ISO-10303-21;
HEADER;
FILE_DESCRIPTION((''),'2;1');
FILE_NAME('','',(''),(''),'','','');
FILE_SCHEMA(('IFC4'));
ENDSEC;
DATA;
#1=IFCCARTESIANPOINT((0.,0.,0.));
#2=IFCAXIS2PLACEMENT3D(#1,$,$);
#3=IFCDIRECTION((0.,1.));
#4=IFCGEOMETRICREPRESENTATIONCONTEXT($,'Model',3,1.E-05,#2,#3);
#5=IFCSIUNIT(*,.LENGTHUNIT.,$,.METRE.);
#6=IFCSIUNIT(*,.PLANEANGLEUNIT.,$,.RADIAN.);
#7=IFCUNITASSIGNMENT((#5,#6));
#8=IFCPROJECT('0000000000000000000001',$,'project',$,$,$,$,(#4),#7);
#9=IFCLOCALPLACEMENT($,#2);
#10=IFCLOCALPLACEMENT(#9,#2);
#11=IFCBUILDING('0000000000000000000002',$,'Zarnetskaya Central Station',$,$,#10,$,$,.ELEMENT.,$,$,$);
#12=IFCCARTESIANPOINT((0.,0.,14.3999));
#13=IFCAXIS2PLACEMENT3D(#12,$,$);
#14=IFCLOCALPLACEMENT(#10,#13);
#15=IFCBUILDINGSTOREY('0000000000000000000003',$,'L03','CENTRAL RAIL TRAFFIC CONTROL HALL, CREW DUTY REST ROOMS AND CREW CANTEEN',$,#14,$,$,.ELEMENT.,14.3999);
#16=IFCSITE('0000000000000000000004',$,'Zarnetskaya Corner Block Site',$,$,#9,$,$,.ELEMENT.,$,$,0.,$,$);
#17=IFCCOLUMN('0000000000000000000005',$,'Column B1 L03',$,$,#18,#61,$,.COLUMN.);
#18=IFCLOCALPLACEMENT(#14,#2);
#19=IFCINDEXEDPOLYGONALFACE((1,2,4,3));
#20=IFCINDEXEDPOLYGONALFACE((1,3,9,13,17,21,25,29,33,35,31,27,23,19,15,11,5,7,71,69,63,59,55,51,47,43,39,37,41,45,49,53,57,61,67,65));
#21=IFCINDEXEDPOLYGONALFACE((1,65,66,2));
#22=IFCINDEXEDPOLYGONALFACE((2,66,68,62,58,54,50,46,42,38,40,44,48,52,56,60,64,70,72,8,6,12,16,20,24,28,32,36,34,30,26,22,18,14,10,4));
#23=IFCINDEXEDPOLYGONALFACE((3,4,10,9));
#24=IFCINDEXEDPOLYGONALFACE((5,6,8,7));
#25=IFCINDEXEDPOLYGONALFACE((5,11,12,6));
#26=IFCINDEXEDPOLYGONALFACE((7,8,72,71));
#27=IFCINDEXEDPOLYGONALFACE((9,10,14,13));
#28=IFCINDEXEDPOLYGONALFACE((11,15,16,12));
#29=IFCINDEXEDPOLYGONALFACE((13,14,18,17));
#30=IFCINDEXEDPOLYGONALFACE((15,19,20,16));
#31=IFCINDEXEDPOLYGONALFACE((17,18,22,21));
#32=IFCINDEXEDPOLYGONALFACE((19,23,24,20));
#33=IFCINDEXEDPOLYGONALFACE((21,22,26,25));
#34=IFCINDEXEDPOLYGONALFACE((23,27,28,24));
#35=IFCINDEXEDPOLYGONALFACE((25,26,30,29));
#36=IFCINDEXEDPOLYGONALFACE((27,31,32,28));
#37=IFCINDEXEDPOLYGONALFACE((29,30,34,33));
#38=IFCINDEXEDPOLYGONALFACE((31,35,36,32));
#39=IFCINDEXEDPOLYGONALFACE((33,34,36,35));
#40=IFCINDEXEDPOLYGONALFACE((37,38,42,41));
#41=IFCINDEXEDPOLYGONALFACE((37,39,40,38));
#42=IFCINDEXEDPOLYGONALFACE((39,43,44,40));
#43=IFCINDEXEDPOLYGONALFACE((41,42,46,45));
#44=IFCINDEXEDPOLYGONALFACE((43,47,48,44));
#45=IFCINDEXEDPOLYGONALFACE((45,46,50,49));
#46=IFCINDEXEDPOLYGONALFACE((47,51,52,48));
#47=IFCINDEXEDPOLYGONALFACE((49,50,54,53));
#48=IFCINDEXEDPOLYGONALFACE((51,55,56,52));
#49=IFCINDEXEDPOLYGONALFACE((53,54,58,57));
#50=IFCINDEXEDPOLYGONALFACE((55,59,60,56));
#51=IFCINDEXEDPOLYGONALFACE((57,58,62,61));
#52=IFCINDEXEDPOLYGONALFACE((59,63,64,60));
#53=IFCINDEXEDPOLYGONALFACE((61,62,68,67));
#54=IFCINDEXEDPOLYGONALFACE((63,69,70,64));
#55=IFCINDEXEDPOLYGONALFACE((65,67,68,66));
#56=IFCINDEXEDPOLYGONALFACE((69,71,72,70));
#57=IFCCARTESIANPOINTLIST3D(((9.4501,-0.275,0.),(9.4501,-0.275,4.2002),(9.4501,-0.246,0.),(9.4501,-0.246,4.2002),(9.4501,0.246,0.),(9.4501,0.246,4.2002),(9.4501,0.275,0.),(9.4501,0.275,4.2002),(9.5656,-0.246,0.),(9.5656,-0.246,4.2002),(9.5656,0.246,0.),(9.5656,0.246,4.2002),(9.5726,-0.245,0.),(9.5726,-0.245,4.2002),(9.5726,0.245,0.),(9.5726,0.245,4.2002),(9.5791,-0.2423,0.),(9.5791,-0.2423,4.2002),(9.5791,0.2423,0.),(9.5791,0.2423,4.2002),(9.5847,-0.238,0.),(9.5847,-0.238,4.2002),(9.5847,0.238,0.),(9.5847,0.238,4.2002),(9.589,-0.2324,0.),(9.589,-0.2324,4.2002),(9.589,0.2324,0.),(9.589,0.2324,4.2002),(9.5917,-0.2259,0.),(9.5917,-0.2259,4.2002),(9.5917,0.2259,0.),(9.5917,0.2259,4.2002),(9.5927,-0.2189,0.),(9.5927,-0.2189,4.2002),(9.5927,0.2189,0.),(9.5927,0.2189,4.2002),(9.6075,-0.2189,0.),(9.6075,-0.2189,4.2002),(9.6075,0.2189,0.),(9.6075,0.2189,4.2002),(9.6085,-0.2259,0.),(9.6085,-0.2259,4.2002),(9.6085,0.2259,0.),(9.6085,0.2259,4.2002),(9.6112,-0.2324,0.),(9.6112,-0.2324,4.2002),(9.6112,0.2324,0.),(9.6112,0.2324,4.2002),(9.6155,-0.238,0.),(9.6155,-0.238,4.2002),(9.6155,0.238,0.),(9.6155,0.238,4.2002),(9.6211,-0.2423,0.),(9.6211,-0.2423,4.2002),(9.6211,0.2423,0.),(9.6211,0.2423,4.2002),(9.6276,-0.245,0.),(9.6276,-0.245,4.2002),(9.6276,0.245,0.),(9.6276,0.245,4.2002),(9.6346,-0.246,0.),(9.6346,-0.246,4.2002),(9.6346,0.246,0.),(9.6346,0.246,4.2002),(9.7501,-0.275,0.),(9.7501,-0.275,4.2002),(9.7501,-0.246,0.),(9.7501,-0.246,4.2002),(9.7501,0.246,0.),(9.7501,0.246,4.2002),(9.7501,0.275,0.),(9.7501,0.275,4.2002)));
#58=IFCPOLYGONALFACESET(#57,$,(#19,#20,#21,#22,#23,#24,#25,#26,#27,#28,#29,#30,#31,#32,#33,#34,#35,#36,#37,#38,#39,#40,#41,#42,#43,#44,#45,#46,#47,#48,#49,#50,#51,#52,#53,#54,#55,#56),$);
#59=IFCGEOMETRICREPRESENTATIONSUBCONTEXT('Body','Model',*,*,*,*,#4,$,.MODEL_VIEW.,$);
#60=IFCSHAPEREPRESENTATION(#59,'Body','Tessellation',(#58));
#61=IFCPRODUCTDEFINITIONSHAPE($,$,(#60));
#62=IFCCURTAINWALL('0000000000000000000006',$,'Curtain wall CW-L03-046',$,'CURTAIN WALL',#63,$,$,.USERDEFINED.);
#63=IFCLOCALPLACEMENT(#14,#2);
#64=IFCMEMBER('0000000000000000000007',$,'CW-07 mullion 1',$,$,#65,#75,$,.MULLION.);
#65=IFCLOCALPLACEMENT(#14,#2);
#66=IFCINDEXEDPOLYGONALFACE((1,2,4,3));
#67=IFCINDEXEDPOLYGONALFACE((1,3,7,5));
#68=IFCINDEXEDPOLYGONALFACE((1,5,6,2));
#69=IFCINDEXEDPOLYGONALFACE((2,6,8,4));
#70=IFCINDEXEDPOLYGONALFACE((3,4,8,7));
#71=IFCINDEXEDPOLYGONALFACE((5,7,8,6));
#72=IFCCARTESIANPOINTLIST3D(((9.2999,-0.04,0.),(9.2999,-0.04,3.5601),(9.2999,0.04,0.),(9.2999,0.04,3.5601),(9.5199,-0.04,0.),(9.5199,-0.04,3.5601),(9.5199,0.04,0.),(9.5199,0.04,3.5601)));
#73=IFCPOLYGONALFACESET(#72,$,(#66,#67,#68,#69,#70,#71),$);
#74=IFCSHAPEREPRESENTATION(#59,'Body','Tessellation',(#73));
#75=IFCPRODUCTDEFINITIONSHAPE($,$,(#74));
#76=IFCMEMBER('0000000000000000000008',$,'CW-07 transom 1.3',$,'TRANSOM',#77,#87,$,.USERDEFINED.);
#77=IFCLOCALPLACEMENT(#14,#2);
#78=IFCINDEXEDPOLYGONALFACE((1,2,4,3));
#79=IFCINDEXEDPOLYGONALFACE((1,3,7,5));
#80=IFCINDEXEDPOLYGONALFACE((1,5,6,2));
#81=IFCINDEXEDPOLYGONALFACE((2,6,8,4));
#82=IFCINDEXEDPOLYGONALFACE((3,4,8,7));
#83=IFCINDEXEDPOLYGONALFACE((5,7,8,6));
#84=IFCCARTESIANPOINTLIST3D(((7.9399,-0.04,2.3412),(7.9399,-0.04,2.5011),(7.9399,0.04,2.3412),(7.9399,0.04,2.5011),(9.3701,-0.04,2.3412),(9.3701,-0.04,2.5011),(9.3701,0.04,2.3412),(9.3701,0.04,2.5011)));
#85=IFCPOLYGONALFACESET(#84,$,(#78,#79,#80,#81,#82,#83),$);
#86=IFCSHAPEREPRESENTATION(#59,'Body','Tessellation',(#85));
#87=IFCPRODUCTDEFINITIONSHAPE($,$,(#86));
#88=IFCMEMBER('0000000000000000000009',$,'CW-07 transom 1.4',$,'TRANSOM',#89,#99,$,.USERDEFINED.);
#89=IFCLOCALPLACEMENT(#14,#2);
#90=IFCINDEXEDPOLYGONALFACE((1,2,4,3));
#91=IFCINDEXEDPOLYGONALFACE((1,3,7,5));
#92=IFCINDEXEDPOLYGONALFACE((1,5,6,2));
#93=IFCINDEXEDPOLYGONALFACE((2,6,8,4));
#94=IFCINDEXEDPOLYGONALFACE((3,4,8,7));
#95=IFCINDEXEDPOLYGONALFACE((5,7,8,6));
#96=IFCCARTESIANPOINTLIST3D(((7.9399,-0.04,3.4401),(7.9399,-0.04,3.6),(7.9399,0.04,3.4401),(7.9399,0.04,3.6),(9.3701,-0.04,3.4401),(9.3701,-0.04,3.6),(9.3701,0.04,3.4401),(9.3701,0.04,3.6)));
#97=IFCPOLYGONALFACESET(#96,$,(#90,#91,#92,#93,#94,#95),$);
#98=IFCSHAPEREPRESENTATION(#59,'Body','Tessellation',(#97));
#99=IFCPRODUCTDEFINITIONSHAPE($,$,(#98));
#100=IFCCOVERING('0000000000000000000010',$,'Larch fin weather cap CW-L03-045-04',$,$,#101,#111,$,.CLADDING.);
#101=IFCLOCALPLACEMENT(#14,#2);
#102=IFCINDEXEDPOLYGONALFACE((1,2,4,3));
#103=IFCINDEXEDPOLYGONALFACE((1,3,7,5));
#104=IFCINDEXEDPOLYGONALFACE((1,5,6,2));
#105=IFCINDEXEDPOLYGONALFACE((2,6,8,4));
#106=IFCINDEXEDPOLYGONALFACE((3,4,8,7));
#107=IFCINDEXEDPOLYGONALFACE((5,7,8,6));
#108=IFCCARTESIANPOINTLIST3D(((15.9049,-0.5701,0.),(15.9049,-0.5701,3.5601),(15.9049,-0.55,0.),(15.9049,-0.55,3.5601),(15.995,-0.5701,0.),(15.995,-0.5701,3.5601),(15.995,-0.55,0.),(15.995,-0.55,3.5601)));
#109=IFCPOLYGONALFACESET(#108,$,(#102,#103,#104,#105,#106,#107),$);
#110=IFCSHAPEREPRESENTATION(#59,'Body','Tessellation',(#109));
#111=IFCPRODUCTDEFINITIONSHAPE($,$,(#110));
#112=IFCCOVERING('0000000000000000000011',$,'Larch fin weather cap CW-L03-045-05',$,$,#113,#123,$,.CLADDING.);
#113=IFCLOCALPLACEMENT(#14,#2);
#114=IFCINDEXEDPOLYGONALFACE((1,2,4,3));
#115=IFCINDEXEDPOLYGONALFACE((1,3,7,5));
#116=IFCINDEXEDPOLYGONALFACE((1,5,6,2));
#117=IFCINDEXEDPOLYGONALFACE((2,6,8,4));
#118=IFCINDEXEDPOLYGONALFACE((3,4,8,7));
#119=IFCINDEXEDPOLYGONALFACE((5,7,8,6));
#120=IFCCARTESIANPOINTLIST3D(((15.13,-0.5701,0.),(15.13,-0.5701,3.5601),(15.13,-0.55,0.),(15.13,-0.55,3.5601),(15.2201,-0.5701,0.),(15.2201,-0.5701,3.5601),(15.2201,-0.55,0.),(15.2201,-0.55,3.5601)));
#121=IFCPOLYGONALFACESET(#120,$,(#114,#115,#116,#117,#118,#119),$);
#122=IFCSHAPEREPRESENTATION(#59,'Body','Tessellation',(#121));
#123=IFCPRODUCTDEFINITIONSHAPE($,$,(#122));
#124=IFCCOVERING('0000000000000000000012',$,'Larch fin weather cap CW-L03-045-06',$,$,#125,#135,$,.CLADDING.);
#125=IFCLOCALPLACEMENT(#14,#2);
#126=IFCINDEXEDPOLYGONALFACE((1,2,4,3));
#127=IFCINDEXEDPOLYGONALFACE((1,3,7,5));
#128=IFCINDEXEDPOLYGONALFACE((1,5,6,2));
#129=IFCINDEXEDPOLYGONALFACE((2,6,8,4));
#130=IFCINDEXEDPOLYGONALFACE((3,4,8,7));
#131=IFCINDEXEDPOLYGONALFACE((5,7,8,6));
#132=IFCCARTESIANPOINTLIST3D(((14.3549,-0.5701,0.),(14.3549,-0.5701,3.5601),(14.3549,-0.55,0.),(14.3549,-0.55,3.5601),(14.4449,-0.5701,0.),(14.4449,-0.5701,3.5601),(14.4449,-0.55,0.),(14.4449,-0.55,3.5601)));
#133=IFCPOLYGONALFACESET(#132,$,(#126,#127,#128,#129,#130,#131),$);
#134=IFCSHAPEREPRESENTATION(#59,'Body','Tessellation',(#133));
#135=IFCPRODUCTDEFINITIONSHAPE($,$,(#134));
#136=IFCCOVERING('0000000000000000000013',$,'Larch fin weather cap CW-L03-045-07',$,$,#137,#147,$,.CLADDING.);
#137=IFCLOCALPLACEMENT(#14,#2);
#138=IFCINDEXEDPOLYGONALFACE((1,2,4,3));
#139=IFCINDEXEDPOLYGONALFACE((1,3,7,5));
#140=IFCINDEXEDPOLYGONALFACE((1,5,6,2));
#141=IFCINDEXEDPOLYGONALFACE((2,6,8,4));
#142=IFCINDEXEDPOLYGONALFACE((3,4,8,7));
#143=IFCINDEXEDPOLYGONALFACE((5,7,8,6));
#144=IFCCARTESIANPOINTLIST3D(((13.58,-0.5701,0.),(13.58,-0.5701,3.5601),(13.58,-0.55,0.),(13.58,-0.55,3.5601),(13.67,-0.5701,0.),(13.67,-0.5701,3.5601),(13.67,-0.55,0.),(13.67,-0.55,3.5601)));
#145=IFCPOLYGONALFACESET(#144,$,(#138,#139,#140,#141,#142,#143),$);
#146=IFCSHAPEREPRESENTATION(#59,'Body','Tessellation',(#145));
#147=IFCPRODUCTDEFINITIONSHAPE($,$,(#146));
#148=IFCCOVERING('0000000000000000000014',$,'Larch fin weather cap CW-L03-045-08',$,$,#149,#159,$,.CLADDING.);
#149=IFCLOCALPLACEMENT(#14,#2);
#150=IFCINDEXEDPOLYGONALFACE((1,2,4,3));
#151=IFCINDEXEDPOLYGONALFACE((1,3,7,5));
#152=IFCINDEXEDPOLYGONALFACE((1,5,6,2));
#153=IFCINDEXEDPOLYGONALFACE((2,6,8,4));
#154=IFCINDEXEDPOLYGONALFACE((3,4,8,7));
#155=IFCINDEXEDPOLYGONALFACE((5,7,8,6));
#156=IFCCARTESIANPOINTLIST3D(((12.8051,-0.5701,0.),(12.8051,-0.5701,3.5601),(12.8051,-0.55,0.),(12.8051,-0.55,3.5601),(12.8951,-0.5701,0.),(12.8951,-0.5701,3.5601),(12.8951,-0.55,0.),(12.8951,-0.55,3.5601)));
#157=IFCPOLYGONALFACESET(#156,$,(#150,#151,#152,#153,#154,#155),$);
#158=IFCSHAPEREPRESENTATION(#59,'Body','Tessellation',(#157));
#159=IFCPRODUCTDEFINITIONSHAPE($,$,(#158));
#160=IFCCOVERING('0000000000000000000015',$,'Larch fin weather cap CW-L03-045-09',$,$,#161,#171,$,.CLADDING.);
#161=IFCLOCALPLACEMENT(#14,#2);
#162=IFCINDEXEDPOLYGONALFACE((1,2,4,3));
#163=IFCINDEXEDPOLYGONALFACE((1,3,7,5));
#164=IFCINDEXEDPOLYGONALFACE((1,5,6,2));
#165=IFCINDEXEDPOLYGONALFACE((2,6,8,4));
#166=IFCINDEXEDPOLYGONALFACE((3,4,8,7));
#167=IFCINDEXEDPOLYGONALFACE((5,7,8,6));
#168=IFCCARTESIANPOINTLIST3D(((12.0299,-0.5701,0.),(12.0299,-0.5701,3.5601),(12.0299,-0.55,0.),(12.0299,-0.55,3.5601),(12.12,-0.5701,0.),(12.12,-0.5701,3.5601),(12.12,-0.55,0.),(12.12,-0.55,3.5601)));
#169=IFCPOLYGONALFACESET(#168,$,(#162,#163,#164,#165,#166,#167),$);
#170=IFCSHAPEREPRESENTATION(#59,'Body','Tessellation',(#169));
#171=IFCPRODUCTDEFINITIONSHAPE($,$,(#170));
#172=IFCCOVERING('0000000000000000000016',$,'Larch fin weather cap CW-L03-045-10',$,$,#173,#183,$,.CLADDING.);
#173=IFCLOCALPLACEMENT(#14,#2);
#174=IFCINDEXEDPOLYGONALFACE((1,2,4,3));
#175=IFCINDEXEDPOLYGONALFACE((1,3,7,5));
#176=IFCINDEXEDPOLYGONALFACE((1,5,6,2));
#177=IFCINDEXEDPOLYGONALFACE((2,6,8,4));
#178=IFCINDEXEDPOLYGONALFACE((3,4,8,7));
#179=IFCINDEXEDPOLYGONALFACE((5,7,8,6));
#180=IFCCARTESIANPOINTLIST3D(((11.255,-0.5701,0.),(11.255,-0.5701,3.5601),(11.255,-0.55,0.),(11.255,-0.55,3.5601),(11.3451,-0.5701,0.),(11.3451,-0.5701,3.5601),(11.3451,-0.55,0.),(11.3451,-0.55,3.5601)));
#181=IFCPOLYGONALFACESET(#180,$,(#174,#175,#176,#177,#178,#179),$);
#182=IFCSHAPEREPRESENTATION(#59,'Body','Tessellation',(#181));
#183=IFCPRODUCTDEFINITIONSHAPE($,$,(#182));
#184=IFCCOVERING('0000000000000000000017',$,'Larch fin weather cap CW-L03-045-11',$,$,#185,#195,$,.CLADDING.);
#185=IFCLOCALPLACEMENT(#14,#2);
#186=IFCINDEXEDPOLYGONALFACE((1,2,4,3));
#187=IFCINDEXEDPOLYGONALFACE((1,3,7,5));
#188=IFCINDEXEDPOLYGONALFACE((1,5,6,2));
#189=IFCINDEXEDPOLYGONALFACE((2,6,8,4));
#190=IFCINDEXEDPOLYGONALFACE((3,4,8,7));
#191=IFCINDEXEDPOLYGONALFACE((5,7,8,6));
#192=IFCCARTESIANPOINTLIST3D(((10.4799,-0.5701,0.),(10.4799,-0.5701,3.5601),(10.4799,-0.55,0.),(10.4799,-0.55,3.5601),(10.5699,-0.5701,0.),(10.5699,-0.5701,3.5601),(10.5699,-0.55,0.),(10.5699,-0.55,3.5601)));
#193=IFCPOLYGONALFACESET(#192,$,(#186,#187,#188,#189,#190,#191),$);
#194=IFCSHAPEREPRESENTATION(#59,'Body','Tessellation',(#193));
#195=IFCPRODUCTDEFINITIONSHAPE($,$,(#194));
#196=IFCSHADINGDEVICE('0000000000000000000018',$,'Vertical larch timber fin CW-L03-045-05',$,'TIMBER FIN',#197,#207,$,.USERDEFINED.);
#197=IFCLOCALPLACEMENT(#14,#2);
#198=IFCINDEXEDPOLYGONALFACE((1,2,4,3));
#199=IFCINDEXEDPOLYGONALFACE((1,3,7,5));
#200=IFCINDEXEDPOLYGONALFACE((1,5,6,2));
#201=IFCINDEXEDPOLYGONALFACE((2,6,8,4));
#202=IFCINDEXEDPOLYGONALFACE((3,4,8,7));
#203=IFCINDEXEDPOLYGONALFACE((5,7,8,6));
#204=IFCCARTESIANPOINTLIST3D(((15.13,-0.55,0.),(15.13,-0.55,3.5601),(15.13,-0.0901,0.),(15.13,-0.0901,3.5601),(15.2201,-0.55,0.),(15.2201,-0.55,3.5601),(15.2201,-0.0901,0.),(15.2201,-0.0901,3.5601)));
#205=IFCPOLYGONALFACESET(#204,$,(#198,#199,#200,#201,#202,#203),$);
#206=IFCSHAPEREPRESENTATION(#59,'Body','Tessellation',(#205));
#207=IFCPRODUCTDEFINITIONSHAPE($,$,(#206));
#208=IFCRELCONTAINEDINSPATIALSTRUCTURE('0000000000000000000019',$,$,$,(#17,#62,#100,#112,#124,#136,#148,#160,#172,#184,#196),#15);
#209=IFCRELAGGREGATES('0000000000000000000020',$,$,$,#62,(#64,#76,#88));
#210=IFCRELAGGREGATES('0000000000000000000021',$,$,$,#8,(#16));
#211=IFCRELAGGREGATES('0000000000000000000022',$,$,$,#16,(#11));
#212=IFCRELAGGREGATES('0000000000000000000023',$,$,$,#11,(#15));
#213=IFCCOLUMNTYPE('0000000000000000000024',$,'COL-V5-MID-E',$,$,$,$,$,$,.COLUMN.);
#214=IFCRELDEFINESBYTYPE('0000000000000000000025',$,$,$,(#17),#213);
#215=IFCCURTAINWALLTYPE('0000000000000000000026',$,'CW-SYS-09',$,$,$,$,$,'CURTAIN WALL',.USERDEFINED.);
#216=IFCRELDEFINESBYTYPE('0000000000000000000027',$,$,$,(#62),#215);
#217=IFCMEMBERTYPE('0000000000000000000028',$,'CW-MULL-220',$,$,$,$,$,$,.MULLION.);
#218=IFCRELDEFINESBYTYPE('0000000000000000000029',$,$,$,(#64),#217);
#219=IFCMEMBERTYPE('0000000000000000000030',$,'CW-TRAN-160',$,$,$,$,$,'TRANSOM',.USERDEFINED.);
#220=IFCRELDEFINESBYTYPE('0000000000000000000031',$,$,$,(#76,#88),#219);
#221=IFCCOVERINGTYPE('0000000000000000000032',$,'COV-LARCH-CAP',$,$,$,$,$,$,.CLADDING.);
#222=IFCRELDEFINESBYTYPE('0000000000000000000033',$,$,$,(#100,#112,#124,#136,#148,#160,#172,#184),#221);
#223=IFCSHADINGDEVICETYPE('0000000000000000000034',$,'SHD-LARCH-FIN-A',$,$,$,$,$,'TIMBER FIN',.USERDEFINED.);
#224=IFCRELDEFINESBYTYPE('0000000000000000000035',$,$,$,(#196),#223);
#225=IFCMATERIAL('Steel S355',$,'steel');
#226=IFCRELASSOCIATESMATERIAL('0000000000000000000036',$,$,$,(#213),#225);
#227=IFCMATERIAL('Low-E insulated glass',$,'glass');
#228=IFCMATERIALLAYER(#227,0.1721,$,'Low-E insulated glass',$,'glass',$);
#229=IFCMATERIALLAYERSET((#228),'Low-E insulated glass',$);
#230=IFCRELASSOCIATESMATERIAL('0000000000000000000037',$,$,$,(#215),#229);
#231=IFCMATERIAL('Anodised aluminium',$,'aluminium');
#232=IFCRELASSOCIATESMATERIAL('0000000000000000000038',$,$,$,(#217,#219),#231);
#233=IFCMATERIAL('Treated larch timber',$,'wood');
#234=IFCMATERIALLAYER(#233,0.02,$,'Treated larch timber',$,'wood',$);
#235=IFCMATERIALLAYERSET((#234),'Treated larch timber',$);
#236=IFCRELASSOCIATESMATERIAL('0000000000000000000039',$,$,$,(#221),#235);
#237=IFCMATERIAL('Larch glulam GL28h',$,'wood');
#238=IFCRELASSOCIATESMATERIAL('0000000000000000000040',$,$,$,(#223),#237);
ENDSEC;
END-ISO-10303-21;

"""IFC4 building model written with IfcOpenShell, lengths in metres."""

from ifc_helpers import new_model, si_unit, direction, frame, origin, origin_2d, place, context, subcontext, project, spatial, rectangle, i_section, extrude, material, layer, layer_set, material_profile, profile_set, type_object, element, aggregate, save


model = new_model("IFC4")

# Units and contexts
model_context = context("Model", 3, precision=1e-05, world=origin(), true_north=direction((0.0, 1.0)))
body_context = subcontext(model_context, "Body", "Model", "MODEL_VIEW")
ifc_project = project(units=[si_unit("LENGTHUNIT", "METRE"), si_unit("PLANEANGLEUNIT", "RADIAN")], contexts=[model_context])

# Site, building, storey
site_placement = place(None, origin())
site = spatial("IfcSite", under=ifc_project, at=site_placement, Name="Zarnetskaya Corner Block Site", CompositionType="ELEMENT", RefElevation=0.0)
building_placement = place(site_placement, origin())
building = spatial("IfcBuilding", under=site, at=building_placement, Name="Zarnetskaya Central Station", CompositionType="ELEMENT")
storey_placement = place(building_placement, frame((0.0, 0.0, 14.3999)))
storey = spatial("IfcBuildingStorey", under=building, at=storey_placement, Name="L03", Description="CENTRAL RAIL TRAFFIC CONTROL HALL, CREW DUTY REST ROOMS AND CREW CANTEEN", CompositionType="ELEMENT", Elevation=14.3999)

# Column
ifc_material_1 = material(Name="Steel S355", Category="steel")
ifc_material_profile_1 = material_profile(ifc_material_1, i_section(OverallWidth=0.3, OverallDepth=0.55, WebThickness=0.0149, FlangeThickness=0.0291, FilletRadius=0.0271, at=origin_2d()), Name="HEB 550")
ifc_profile_set_1 = profile_set([ifc_material_profile_1], Name="Steel S355")
column_type = type_object("IfcColumnType", Name="COL-V5-MID-E", PredefinedType="COLUMN", material=ifc_profile_set_1)
column_placement = place(storey_placement, frame((9.6001, 0.0, 0.0), z_axis=(0.0, 0.0, 1.0), x_axis=(1.0, 0.0, 0.0)))
element("IfcColumn", 1, at=column_placement, inside=storey, type_object=column_type, Name="Column B1 L03", PredefinedType="COLUMN", context=body_context, shape_type="SweptSolid", body=[
    extrude(i_section(OverallWidth=0.3, OverallDepth=0.55, WebThickness=0.0149, FlangeThickness=0.0291, FilletRadius=0.0271, at=origin_2d()), origin(), (0.0, 0.0, 1.0), 4.2002),
])

# Curtain wall, members
ifc_material_2 = material(Name="Low-E insulated glass", Category="glass")
ifc_layer_1 = layer(ifc_material_2, 0.1721, Name="Low-E insulated glass", Category="glass")
ifc_layer_set_1 = layer_set([ifc_layer_1], Name="Low-E insulated glass")
curtain_wall_type = type_object("IfcCurtainWallType", Name="CW-SYS-09", ElementType="CURTAIN WALL", PredefinedType="USERDEFINED", material=ifc_layer_set_1)
curtain_wall_placement = place(storey_placement, origin())
curtain_wall = element("IfcCurtainWall", 2, at=curtain_wall_placement, inside=storey, type_object=curtain_wall_type, Name="Curtain wall CW-L03-046", ObjectType="CURTAIN WALL", PredefinedType="USERDEFINED")
ifc_material_3 = material(Name="Anodised aluminium", Category="aluminium")
ifc_material_profile_2 = material_profile(ifc_material_3, rectangle(XDim=0.0801, YDim=0.22, at=origin_2d()), Name="ALU MULL 80x220")
ifc_profile_set_2 = profile_set([ifc_material_profile_2], Name="Anodised aluminium")
member_type_1 = type_object("IfcMemberType", Name="CW-MULL-220", PredefinedType="MULLION", material=ifc_profile_set_2)
member_1_placement = place(storey_placement, frame((9.4099, 0.0, 0.0), z_axis=(0.0, 0.0, 1.0), x_axis=(0.0, -1.0, 0.0)))
member_1 = element("IfcMember", 3, at=member_1_placement, type_object=member_type_1, Name="CW-07 mullion 1", PredefinedType="MULLION", context=body_context, shape_type="SweptSolid", body=[
    extrude(rectangle(XDim=0.0801, YDim=0.22, at=origin_2d()), origin(), (0.0, 0.0, 1.0), 3.5601),
])
ifc_material_profile_3 = material_profile(ifc_material_3, rectangle(XDim=0.0801, YDim=0.1599, at=origin_2d()), Name="ALU TRAN 80x160")
ifc_profile_set_3 = profile_set([ifc_material_profile_3], Name="Anodised aluminium")
member_type_2 = type_object("IfcMemberType", Name="CW-TRAN-160", ElementType="TRANSOM", PredefinedType="USERDEFINED", material=ifc_profile_set_3)
member_2_placement = place(storey_placement, frame((9.3701, 0.0, 2.4211), z_axis=(-1.0, 0.0, 0.0), x_axis=(0.0, -1.0, 0.0)))
member_2 = element("IfcMember", 4, at=member_2_placement, type_object=member_type_2, Name="CW-07 transom 1.3", ObjectType="TRANSOM", PredefinedType="USERDEFINED", context=body_context, shape_type="SweptSolid", body=[
    extrude(rectangle(XDim=0.0801, YDim=0.1599, at=origin_2d()), origin(), (0.0, 0.0, 1.0), 1.4302),
])
member_3_placement = place(storey_placement, frame((9.3701, 0.0, 3.52), z_axis=(-1.0, 0.0, 0.0), x_axis=(0.0, -1.0, 0.0)))
member_3 = element("IfcMember", 5, at=member_3_placement, type_object=member_type_2, Name="CW-07 transom 1.4", ObjectType="TRANSOM", PredefinedType="USERDEFINED", context=body_context, shape_type="SweptSolid", body=[
    extrude(rectangle(XDim=0.0801, YDim=0.1599, at=origin_2d()), origin(), (0.0, 0.0, 1.0), 1.4302),
])
aggregate(curtain_wall, [member_1, member_2, member_3])

# Coverings
ifc_material_4 = material(Name="Treated larch timber", Category="wood")
ifc_layer_2 = layer(ifc_material_4, 0.02, Name="Treated larch timber", Category="wood")
ifc_layer_set_2 = layer_set([ifc_layer_2], Name="Treated larch timber")
covering_type = type_object("IfcCoveringType", Name="COV-LARCH-CAP", PredefinedType="CLADDING", material=ifc_layer_set_2)
for number, where, z_axis, x_axis, name in (
    (6, (15.95, -0.5601, 0.0), (0.0, 0.0, 1.0), (-1.0, 0.0, 0.0), "Larch fin weather cap CW-L03-045-04"),
    (7, (15.175, -0.5601, 0.0), (0.0, 0.0, 1.0), (-1.0, 0.0, 0.0), "Larch fin weather cap CW-L03-045-05"),
    (8, (14.3999, -0.5601, 0.0), (0.0, 0.0, 1.0), (-1.0, 0.0, 0.0), "Larch fin weather cap CW-L03-045-06"),
    (9, (13.625, -0.5601, 0.0), (0.0, 0.0, 1.0), (-1.0, 0.0, 0.0), "Larch fin weather cap CW-L03-045-07"),
    (10, (12.8501, -0.5601, 0.0), (0.0, 0.0, 1.0), (-1.0, 0.0, 0.0), "Larch fin weather cap CW-L03-045-08"),
    (11, (12.075, -0.5601, 0.0), (0.0, 0.0, 1.0), (-1.0, 0.0, 0.0), "Larch fin weather cap CW-L03-045-09"),
    (12, (11.3, -0.5601, 0.0), (0.0, 0.0, 1.0), (-1.0, 0.0, 0.0), "Larch fin weather cap CW-L03-045-10"),
    (13, (10.5249, -0.5601, 0.0), (0.0, 0.0, 1.0), (-1.0, 0.0, 0.0), "Larch fin weather cap CW-L03-045-11"),
):
    element("IfcCovering", number, at=place(storey_placement, frame(where, z_axis=z_axis, x_axis=x_axis)), inside=storey, type_object=covering_type, Name=name, PredefinedType="CLADDING", context=body_context, shape_type="SweptSolid", body=[
        extrude(rectangle(XDim=0.0901, YDim=0.02, at=origin_2d()), origin(), (0.0, 0.0, 1.0), 3.5601),
    ])

# Shading device
ifc_material_5 = material(Name="Larch glulam GL28h", Category="wood")
shading_device_type = type_object("IfcShadingDeviceType", Name="SHD-LARCH-FIN-A", ElementType="TIMBER FIN", PredefinedType="USERDEFINED", material=ifc_material_5)
for number, where, z_axis, x_axis, name in (
    (14, (15.175, -0.3201, 0.0), (0.0, 0.0, 1.0), (-1.0, 0.0, 0.0), "Vertical larch timber fin CW-L03-045-05"),
):
    element("IfcShadingDevice", number, at=place(storey_placement, frame(where, z_axis=z_axis, x_axis=x_axis)), inside=storey, type_object=shading_device_type, Name=name, ObjectType="TIMBER FIN", PredefinedType="USERDEFINED", context=body_context, shape_type="SweptSolid", body=[
        extrude(rectangle(XDim=0.0901, YDim=0.46, at=origin_2d()), origin(), (0.0, 0.0, 1.0), 3.5601),
    ])

save(model, "model.ifc")
